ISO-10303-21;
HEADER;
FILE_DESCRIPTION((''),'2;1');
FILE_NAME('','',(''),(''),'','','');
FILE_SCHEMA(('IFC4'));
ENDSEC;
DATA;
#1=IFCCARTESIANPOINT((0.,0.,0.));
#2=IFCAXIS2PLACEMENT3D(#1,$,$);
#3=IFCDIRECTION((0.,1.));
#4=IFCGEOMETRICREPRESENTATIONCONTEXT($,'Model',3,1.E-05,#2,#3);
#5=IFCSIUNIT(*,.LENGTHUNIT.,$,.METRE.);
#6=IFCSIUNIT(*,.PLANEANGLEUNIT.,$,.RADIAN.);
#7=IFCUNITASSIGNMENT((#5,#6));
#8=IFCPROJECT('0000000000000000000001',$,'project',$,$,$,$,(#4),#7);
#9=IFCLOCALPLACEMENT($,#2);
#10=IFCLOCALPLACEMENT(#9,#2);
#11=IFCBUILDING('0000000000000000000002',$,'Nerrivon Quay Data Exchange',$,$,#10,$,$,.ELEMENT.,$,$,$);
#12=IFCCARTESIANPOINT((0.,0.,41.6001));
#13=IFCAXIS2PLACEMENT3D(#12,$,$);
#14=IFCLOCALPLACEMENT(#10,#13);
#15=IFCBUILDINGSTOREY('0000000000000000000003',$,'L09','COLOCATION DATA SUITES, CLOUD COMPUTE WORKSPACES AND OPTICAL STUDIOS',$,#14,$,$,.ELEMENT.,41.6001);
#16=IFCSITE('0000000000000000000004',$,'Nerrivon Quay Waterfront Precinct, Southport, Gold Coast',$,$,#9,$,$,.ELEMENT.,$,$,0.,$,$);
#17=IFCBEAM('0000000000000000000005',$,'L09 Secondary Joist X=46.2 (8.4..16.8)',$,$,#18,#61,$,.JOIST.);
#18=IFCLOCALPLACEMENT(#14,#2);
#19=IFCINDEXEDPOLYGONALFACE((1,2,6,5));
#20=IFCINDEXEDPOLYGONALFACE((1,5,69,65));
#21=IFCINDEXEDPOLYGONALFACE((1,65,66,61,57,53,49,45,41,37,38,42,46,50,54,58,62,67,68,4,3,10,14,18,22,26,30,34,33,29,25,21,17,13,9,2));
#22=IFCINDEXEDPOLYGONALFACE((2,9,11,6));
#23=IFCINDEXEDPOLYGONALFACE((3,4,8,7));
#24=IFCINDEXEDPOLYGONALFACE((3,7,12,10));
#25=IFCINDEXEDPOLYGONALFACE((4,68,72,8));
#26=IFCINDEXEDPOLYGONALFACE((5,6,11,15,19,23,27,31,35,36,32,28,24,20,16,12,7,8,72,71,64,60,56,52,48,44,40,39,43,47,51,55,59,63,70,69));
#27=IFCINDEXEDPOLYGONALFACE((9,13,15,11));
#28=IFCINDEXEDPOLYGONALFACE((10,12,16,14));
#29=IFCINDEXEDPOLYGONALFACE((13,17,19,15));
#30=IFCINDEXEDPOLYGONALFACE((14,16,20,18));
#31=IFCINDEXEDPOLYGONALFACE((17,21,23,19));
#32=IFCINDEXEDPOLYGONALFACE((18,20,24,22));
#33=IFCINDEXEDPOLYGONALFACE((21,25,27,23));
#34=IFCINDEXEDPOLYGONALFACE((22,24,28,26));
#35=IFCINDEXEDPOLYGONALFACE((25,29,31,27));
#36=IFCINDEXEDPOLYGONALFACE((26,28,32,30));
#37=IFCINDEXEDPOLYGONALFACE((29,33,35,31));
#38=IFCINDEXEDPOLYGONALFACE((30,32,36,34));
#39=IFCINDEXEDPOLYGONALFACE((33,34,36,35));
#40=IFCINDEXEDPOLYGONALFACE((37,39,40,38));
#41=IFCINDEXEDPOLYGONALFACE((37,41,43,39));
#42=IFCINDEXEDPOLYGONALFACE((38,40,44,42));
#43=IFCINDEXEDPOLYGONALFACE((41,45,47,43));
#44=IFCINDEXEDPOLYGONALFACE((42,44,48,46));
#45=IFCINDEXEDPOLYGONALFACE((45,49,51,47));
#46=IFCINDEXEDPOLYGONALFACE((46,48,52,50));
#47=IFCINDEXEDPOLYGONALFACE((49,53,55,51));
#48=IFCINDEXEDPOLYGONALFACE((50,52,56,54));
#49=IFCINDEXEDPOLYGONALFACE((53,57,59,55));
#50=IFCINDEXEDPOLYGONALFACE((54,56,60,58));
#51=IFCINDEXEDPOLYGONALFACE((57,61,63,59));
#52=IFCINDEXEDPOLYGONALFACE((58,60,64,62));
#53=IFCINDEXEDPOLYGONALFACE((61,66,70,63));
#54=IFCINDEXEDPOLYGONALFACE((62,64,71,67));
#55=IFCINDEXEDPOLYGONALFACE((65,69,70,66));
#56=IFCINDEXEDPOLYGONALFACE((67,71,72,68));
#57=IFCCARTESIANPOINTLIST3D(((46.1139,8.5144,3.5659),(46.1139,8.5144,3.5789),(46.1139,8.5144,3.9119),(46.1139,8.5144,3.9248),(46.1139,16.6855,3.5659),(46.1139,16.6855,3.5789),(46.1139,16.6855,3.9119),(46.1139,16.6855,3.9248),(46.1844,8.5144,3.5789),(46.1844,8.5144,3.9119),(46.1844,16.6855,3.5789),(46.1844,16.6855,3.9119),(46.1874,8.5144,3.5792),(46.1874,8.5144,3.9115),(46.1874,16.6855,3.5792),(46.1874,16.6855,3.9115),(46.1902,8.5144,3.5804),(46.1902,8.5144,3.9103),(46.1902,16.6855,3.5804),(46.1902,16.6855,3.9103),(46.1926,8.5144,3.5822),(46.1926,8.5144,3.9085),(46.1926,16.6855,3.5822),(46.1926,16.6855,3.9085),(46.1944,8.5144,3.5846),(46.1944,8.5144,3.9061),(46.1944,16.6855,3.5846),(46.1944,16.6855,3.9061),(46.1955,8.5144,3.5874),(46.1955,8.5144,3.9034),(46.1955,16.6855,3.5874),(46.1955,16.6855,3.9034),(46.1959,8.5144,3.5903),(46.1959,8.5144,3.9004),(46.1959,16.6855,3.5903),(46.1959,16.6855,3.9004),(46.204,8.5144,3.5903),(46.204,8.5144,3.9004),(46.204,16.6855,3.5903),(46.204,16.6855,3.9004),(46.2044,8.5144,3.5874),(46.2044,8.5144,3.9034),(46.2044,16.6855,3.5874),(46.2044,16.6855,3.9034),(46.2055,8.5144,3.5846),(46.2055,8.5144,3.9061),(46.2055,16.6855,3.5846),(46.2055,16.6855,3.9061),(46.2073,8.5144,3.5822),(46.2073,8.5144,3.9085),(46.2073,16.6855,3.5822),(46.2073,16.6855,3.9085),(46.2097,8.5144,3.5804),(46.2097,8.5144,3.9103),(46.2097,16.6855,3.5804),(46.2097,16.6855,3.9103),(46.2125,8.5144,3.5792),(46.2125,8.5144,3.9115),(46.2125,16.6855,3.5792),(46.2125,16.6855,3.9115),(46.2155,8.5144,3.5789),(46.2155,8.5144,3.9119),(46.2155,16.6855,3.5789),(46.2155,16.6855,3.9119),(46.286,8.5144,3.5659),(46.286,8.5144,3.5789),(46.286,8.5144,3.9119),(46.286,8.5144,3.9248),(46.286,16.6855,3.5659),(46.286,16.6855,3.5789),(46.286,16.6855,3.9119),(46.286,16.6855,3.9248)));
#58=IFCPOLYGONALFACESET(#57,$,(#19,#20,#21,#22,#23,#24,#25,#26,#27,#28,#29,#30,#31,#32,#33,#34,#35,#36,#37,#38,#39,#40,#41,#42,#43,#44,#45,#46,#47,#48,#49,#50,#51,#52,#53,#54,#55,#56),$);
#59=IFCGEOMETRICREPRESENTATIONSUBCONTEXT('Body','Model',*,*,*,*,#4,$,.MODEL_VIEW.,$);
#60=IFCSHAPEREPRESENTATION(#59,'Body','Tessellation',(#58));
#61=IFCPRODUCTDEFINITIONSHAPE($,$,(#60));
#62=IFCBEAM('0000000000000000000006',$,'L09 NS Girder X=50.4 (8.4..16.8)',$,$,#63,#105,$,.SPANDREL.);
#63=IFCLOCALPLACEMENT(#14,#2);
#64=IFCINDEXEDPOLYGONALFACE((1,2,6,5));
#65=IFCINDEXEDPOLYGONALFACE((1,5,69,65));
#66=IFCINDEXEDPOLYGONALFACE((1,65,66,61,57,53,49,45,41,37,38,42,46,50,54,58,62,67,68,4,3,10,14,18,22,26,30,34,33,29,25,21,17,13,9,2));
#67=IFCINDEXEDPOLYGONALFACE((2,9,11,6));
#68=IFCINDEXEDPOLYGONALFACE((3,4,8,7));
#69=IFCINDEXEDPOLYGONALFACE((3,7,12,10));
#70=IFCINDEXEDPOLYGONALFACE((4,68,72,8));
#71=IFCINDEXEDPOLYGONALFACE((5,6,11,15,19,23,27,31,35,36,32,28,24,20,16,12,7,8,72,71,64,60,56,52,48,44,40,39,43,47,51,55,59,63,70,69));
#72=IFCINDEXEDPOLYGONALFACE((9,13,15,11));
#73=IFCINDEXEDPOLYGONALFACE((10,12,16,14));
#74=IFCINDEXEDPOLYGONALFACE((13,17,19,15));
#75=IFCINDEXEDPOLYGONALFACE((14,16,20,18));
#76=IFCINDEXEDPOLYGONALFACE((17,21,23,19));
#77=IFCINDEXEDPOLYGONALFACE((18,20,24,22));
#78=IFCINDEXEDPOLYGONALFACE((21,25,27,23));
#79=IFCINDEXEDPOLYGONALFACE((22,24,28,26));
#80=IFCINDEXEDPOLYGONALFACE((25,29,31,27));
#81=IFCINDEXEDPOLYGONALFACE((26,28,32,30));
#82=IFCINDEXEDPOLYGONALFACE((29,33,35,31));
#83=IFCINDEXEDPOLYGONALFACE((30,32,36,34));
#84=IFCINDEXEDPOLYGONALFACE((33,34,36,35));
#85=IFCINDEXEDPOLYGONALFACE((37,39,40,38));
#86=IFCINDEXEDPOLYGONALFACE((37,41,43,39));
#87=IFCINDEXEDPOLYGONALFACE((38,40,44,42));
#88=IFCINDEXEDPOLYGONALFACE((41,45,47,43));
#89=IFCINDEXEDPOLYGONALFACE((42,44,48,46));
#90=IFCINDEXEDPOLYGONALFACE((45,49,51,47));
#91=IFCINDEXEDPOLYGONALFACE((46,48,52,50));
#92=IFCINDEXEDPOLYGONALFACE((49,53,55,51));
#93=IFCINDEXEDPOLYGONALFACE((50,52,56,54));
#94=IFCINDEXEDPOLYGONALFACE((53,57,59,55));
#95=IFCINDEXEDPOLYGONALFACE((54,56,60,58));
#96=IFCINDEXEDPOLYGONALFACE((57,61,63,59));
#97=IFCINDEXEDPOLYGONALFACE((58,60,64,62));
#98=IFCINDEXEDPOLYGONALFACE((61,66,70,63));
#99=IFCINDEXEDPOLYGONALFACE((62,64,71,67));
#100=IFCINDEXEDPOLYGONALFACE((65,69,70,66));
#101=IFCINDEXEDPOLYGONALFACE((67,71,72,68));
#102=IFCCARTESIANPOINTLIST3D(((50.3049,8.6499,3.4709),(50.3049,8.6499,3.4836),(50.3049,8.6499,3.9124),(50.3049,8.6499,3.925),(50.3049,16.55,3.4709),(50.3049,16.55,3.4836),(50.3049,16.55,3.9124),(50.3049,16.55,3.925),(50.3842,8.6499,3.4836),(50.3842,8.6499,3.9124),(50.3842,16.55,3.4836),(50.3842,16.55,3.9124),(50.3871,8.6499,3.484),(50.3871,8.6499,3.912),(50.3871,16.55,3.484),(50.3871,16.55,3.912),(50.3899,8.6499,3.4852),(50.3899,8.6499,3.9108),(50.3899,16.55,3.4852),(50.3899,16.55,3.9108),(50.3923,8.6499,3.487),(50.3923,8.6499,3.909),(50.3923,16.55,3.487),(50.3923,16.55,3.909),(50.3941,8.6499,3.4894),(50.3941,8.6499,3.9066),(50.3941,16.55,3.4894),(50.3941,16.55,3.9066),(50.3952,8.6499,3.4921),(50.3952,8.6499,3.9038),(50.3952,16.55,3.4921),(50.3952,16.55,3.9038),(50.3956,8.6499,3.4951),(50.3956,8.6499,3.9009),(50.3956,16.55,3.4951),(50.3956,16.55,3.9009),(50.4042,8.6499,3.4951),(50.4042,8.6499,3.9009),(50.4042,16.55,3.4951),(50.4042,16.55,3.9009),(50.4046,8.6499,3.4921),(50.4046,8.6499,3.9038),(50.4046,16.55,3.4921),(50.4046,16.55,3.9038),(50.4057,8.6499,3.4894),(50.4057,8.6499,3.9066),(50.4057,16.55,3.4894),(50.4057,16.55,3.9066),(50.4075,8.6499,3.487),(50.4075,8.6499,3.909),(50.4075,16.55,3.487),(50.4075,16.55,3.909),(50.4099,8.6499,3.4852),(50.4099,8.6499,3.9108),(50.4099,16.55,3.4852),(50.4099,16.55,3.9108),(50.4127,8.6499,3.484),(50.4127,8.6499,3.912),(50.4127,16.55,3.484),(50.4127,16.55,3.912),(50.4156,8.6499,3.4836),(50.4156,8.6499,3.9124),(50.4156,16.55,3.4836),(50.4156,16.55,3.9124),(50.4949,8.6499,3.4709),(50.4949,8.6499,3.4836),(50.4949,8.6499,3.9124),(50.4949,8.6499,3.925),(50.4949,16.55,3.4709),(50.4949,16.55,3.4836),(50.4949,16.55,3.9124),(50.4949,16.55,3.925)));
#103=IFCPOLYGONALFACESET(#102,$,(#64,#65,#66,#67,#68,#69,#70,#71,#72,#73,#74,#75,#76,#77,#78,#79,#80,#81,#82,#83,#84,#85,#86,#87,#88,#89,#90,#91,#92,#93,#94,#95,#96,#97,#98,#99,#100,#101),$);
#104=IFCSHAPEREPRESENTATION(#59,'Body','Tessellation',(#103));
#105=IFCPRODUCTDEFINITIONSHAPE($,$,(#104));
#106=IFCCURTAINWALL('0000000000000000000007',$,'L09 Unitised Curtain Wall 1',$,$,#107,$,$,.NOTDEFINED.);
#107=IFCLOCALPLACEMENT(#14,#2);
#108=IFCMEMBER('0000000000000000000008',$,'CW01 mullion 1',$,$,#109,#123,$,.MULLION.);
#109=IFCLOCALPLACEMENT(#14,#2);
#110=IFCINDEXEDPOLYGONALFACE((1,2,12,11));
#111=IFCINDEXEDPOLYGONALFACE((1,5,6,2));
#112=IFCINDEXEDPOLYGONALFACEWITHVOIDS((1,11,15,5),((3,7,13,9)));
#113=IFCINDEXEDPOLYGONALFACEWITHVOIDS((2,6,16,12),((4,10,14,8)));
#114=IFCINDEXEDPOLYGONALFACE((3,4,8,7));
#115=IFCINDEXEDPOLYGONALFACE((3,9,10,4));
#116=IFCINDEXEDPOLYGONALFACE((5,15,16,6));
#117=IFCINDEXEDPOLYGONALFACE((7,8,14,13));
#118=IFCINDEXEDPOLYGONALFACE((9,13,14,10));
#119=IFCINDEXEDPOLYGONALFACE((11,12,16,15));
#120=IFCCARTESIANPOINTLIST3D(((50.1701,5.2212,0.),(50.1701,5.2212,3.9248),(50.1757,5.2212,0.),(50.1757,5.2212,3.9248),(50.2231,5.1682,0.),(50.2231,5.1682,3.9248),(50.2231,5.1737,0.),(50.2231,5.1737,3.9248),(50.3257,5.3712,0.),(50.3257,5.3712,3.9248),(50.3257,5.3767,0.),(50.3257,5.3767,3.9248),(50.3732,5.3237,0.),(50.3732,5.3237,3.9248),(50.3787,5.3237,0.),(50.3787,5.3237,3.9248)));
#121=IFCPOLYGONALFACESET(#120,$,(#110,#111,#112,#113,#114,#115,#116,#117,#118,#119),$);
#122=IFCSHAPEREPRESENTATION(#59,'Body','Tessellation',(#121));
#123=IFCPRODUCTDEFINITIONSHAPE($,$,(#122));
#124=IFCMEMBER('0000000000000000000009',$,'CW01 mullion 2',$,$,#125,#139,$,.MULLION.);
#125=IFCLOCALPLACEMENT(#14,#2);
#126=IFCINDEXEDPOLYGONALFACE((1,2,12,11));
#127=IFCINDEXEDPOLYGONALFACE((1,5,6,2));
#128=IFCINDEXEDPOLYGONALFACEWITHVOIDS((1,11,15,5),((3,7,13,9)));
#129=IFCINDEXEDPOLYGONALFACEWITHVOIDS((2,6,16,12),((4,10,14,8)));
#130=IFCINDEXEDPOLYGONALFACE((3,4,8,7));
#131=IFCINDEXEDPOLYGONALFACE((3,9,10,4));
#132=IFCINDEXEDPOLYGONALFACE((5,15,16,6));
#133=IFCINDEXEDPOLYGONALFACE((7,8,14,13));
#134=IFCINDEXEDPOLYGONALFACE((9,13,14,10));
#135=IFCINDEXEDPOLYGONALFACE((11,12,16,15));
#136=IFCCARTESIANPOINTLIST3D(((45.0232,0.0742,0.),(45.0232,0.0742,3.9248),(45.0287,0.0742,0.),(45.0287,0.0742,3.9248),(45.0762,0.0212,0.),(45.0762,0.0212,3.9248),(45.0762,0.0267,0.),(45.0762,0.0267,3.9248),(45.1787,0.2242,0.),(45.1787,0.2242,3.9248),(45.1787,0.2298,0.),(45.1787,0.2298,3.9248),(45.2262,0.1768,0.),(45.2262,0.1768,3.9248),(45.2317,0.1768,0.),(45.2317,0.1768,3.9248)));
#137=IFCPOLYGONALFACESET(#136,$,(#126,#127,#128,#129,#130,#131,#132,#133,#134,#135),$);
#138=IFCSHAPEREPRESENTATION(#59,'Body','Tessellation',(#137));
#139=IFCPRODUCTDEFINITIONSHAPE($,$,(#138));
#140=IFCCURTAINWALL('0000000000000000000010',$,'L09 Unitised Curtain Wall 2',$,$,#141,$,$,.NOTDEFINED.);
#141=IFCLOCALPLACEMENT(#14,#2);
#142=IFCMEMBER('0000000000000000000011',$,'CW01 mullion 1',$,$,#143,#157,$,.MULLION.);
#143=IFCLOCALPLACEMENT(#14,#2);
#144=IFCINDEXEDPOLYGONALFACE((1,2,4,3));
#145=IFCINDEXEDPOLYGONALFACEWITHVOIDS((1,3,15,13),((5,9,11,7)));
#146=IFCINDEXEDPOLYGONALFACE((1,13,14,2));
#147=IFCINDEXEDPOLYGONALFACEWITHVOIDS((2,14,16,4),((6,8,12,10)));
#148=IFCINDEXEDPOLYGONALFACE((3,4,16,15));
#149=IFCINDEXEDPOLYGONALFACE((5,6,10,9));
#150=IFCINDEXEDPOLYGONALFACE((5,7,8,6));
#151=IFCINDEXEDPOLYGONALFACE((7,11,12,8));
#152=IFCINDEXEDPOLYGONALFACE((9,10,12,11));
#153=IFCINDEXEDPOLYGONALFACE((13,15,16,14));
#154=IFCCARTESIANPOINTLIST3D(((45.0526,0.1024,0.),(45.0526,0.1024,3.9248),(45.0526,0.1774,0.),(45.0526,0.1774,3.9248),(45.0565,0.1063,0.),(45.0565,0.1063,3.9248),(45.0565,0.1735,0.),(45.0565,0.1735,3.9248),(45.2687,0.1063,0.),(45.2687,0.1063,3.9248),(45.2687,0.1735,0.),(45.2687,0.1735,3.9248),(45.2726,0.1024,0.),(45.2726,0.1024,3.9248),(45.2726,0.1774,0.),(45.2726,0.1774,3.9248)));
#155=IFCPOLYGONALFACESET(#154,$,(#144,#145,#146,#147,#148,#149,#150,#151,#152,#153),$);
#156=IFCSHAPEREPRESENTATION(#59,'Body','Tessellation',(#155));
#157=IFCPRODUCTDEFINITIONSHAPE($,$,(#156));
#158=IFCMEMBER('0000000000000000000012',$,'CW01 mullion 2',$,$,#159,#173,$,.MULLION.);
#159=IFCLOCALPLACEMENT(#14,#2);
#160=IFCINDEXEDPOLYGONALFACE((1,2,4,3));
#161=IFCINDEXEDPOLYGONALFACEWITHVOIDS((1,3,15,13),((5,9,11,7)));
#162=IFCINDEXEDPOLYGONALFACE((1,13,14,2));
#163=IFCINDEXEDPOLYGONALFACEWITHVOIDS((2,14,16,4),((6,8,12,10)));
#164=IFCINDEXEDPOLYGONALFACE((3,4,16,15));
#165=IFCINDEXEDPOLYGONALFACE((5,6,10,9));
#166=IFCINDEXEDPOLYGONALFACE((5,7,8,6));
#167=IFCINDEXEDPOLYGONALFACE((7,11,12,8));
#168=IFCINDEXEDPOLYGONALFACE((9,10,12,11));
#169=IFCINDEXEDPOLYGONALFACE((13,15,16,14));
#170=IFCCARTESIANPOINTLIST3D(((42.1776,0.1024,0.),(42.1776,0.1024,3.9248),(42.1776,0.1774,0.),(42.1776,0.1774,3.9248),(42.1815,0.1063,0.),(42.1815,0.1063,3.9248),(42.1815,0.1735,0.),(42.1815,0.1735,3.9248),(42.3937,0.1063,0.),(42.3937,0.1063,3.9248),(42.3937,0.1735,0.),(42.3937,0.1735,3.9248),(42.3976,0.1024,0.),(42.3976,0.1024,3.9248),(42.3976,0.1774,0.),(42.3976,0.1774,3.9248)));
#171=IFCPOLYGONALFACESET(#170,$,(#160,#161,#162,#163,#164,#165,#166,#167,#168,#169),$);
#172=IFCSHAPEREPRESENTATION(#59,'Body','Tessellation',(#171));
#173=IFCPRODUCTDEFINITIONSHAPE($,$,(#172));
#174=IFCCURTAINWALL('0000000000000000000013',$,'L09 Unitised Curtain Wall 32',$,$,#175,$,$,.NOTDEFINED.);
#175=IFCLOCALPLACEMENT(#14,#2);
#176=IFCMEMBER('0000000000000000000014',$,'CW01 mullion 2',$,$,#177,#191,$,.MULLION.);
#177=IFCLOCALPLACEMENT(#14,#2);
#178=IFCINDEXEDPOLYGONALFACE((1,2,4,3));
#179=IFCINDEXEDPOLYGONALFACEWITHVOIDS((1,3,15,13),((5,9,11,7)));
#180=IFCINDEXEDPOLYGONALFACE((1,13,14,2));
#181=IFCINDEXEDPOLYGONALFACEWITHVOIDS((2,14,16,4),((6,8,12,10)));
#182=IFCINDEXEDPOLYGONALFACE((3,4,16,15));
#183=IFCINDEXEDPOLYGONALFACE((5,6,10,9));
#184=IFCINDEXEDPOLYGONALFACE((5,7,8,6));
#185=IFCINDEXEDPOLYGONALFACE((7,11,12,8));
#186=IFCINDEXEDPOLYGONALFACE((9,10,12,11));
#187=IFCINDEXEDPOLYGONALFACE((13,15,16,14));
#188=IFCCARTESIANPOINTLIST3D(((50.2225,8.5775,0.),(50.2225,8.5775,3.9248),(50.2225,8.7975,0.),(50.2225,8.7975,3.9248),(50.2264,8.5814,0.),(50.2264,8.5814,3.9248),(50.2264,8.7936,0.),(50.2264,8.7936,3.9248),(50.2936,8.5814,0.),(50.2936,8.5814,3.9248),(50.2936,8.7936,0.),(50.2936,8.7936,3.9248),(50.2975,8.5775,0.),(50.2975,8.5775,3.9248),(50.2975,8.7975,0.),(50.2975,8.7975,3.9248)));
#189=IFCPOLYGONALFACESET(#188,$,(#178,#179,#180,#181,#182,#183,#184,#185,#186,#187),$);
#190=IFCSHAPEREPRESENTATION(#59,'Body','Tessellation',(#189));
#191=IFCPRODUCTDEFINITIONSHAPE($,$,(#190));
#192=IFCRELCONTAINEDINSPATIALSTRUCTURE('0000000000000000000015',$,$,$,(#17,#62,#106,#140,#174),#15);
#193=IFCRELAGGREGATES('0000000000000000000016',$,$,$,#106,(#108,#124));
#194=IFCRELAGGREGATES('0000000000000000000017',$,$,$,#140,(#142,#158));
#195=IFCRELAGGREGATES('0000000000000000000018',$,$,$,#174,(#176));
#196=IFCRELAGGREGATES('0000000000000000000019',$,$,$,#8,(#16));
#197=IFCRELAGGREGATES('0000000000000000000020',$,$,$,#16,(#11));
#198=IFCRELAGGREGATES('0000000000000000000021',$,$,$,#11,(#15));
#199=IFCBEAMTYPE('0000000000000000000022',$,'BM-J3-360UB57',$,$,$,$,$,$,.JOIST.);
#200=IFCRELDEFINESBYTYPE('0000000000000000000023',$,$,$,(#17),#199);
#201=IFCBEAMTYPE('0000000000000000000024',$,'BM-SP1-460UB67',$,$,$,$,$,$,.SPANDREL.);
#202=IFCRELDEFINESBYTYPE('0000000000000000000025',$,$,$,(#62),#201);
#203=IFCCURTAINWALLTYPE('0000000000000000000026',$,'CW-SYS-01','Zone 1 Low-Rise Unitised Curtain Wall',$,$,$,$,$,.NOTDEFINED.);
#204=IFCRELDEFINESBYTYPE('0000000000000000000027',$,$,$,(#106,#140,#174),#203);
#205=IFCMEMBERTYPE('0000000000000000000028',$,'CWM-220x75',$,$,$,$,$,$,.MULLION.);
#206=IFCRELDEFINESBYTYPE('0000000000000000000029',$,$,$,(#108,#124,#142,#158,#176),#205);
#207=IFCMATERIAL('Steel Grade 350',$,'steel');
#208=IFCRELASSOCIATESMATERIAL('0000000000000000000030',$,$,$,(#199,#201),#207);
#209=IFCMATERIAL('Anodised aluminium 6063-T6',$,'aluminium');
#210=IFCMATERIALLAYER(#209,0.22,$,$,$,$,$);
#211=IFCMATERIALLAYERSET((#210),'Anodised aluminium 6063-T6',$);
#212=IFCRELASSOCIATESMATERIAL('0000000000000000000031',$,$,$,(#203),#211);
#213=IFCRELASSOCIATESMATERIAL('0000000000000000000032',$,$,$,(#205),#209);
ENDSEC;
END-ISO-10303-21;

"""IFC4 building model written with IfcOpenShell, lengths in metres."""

from ifc_helpers import new_model, si_unit, direction, frame, origin, origin_2d, place, context, subcontext, project, spatial, hollow_rectangle, i_section, extrude, material, layer, layer_set, material_profile, profile_set, type_object, element, aggregate, save


model = new_model("IFC4")

# Units and contexts
model_context = context("Model", 3, precision=1e-05, world=origin(), true_north=direction((0.0, 1.0)))
body_context = subcontext(model_context, "Body", "Model", "MODEL_VIEW")
ifc_project = project(units=[si_unit("LENGTHUNIT", "METRE"), si_unit("PLANEANGLEUNIT", "RADIAN")], contexts=[model_context])

# Site, building, storey
site_placement = place(None, origin())
site = spatial("IfcSite", under=ifc_project, at=site_placement, Name="Nerrivon Quay Waterfront Precinct, Southport, Gold Coast", CompositionType="ELEMENT", RefElevation=0.0)
building_placement = place(site_placement, origin())
building = spatial("IfcBuilding", under=site, at=building_placement, Name="Nerrivon Quay Data Exchange", CompositionType="ELEMENT")
storey_placement = place(building_placement, frame((0.0, 0.0, 41.6001)))
storey = spatial("IfcBuildingStorey", under=building, at=storey_placement, Name="L09", Description="COLOCATION DATA SUITES, CLOUD COMPUTE WORKSPACES AND OPTICAL STUDIOS", CompositionType="ELEMENT", Elevation=41.6001)

# Shared definitions
ifc_material_1 = material(Name="Steel Grade 350", Category="steel")

# Beams
ifc_material_profile_1 = material_profile(ifc_material_1, i_section(OverallWidth=0.1721, OverallDepth=0.3589, WebThickness=0.0081, FlangeThickness=0.0129, FilletRadius=0.0115, at=origin_2d()), Name="360UB56.7")
ifc_profile_set_1 = profile_set([ifc_material_profile_1], Name="Steel Grade 350")
beam_type_1 = type_object("IfcBeamType", Name="BM-J3-360UB57", PredefinedType="JOIST", material=ifc_profile_set_1)
beam_1_placement = place(storey_placement, frame((46.2, 8.5144, 3.7454), z_axis=(0.0, 1.0, 0.0), x_axis=(-1.0, 0.0, 0.0)))
element("IfcBeam", 1, at=beam_1_placement, inside=storey, type_object=beam_type_1, Name="L09 Secondary Joist X=46.2 (8.4..16.8)", PredefinedType="JOIST", context=body_context, shape_type="SweptSolid", body=[
    extrude(i_section(OverallWidth=0.1721, OverallDepth=0.3589, WebThickness=0.0081, FlangeThickness=0.0129, FilletRadius=0.0115, at=origin_2d()), origin(), (0.0, 0.0, 1.0), 8.1711),
])
ifc_material_profile_2 = material_profile(ifc_material_1, i_section(OverallWidth=0.1899, OverallDepth=0.4541, WebThickness=0.0085, FlangeThickness=0.0127, FilletRadius=0.0115, at=origin_2d()), Name="460UB67.1")
ifc_profile_set_2 = profile_set([ifc_material_profile_2], Name="Steel Grade 350")
beam_type_2 = type_object("IfcBeamType", Name="BM-SP1-460UB67", PredefinedType="SPANDREL", material=ifc_profile_set_2)
beam_2_placement = place(storey_placement, frame((50.3999, 8.6499, 3.698), z_axis=(0.0, 1.0, 0.0), x_axis=(-1.0, 0.0, 0.0)))
element("IfcBeam", 2, at=beam_2_placement, inside=storey, type_object=beam_type_2, Name="L09 NS Girder X=50.4 (8.4..16.8)", PredefinedType="SPANDREL", context=body_context, shape_type="SweptSolid", body=[
    extrude(i_section(OverallWidth=0.1899, OverallDepth=0.4541, WebThickness=0.0085, FlangeThickness=0.0127, FilletRadius=0.0115, at=origin_2d()), origin(), (0.0, 0.0, 1.0), 7.9001),
])

# Curtain walls, members
ifc_material_2 = material(Name="Anodised aluminium 6063-T6", Category="aluminium")
ifc_layer_1 = layer(ifc_material_2, 0.22)
ifc_layer_set_1 = layer_set([ifc_layer_1], Name="Anodised aluminium 6063-T6")
curtain_wall_type = type_object("IfcCurtainWallType", Name="CW-SYS-01", Description="Zone 1 Low-Rise Unitised Curtain Wall", PredefinedType="NOTDEFINED", material=ifc_layer_set_1)
curtain_wall_1_placement = place(storey_placement, origin())
curtain_wall_1 = element("IfcCurtainWall", 3, at=curtain_wall_1_placement, inside=storey, type_object=curtain_wall_type, Name="L09 Unitised Curtain Wall 1", PredefinedType="NOTDEFINED")
ifc_material_profile_3 = material_profile(ifc_material_2, hollow_rectangle(XDim=0.075, YDim=0.22, WallThickness=0.0039, at=origin_2d()), Name="ALU-MULL-220x75")
ifc_profile_set_3 = profile_set([ifc_material_profile_3], Name="Anodised aluminium 6063-T6")
member_type_1 = type_object("IfcMemberType", Name="CWM-220x75", PredefinedType="MULLION", material=ifc_profile_set_3)
member_1_placement = place(storey_placement, frame((50.2744, 5.2725, 0.0), z_axis=(0.0, 0.0, 1.0), x_axis=(0.707107, -0.707107, 0.0)))
member_1 = element("IfcMember", 4, at=member_1_placement, type_object=member_type_1, Name="CW01 mullion 1", PredefinedType="MULLION", context=body_context, shape_type="SweptSolid", body=[
    extrude(hollow_rectangle(XDim=0.075, YDim=0.22, WallThickness=0.0039, at=origin_2d()), origin(), (0.0, 0.0, 1.0), 3.9248),
])
member_2_placement = place(storey_placement, frame((45.1274, 0.1255, 0.0), z_axis=(0.0, 0.0, 1.0), x_axis=(0.707107, -0.707107, 0.0)))
member_2 = element("IfcMember", 5, at=member_2_placement, type_object=member_type_1, Name="CW01 mullion 2", PredefinedType="MULLION", context=body_context, shape_type="SweptSolid", body=[
    extrude(hollow_rectangle(XDim=0.075, YDim=0.22, WallThickness=0.0039, at=origin_2d()), origin(), (0.0, 0.0, 1.0), 3.9248),
])
curtain_wall_2_placement = place(storey_placement, origin())
curtain_wall_2 = element("IfcCurtainWall", 6, at=curtain_wall_2_placement, inside=storey, type_object=curtain_wall_type, Name="L09 Unitised Curtain Wall 2", PredefinedType="NOTDEFINED")
member_3_placement = place(storey_placement, frame((45.1626, 0.1399, 0.0), z_axis=(0.0, 0.0, 1.0), x_axis=(0.0, -1.0, 0.0)))
member_3 = element("IfcMember", 7, at=member_3_placement, type_object=member_type_1, Name="CW01 mullion 1", PredefinedType="MULLION", context=body_context, shape_type="SweptSolid", body=[
    extrude(hollow_rectangle(XDim=0.075, YDim=0.22, WallThickness=0.0039, at=origin_2d()), origin(), (0.0, 0.0, 1.0), 3.9248),
])
member_4_placement = place(storey_placement, frame((42.2876, 0.1399, 0.0), z_axis=(0.0, 0.0, 1.0), x_axis=(0.0, -1.0, 0.0)))
member_4 = element("IfcMember", 8, at=member_4_placement, type_object=member_type_1, Name="CW01 mullion 2", PredefinedType="MULLION", context=body_context, shape_type="SweptSolid", body=[
    extrude(hollow_rectangle(XDim=0.075, YDim=0.22, WallThickness=0.0039, at=origin_2d()), origin(), (0.0, 0.0, 1.0), 3.9248),
])

# Curtain wall, member
curtain_wall_3_placement = place(storey_placement, origin())
curtain_wall_3 = element("IfcCurtainWall", 9, at=curtain_wall_3_placement, inside=storey, type_object=curtain_wall_type, Name="L09 Unitised Curtain Wall 32", PredefinedType="NOTDEFINED")
member_5_placement = place(storey_placement, frame((50.26, 8.6875, 0.0), z_axis=(0.0, 0.0, 1.0), x_axis=(1.0, 0.0, 0.0)))
member_5 = element("IfcMember", 10, at=member_5_placement, type_object=member_type_1, Name="CW01 mullion 2", PredefinedType="MULLION", context=body_context, shape_type="SweptSolid", body=[
    extrude(hollow_rectangle(XDim=0.075, YDim=0.22, WallThickness=0.0039, at=origin_2d()), origin(), (0.0, 0.0, 1.0), 3.9248),
])

aggregate(curtain_wall_1, [member_1, member_2])
aggregate(curtain_wall_2, [member_3, member_4])
aggregate(curtain_wall_3, [member_5])

save(model, "model.ifc")
